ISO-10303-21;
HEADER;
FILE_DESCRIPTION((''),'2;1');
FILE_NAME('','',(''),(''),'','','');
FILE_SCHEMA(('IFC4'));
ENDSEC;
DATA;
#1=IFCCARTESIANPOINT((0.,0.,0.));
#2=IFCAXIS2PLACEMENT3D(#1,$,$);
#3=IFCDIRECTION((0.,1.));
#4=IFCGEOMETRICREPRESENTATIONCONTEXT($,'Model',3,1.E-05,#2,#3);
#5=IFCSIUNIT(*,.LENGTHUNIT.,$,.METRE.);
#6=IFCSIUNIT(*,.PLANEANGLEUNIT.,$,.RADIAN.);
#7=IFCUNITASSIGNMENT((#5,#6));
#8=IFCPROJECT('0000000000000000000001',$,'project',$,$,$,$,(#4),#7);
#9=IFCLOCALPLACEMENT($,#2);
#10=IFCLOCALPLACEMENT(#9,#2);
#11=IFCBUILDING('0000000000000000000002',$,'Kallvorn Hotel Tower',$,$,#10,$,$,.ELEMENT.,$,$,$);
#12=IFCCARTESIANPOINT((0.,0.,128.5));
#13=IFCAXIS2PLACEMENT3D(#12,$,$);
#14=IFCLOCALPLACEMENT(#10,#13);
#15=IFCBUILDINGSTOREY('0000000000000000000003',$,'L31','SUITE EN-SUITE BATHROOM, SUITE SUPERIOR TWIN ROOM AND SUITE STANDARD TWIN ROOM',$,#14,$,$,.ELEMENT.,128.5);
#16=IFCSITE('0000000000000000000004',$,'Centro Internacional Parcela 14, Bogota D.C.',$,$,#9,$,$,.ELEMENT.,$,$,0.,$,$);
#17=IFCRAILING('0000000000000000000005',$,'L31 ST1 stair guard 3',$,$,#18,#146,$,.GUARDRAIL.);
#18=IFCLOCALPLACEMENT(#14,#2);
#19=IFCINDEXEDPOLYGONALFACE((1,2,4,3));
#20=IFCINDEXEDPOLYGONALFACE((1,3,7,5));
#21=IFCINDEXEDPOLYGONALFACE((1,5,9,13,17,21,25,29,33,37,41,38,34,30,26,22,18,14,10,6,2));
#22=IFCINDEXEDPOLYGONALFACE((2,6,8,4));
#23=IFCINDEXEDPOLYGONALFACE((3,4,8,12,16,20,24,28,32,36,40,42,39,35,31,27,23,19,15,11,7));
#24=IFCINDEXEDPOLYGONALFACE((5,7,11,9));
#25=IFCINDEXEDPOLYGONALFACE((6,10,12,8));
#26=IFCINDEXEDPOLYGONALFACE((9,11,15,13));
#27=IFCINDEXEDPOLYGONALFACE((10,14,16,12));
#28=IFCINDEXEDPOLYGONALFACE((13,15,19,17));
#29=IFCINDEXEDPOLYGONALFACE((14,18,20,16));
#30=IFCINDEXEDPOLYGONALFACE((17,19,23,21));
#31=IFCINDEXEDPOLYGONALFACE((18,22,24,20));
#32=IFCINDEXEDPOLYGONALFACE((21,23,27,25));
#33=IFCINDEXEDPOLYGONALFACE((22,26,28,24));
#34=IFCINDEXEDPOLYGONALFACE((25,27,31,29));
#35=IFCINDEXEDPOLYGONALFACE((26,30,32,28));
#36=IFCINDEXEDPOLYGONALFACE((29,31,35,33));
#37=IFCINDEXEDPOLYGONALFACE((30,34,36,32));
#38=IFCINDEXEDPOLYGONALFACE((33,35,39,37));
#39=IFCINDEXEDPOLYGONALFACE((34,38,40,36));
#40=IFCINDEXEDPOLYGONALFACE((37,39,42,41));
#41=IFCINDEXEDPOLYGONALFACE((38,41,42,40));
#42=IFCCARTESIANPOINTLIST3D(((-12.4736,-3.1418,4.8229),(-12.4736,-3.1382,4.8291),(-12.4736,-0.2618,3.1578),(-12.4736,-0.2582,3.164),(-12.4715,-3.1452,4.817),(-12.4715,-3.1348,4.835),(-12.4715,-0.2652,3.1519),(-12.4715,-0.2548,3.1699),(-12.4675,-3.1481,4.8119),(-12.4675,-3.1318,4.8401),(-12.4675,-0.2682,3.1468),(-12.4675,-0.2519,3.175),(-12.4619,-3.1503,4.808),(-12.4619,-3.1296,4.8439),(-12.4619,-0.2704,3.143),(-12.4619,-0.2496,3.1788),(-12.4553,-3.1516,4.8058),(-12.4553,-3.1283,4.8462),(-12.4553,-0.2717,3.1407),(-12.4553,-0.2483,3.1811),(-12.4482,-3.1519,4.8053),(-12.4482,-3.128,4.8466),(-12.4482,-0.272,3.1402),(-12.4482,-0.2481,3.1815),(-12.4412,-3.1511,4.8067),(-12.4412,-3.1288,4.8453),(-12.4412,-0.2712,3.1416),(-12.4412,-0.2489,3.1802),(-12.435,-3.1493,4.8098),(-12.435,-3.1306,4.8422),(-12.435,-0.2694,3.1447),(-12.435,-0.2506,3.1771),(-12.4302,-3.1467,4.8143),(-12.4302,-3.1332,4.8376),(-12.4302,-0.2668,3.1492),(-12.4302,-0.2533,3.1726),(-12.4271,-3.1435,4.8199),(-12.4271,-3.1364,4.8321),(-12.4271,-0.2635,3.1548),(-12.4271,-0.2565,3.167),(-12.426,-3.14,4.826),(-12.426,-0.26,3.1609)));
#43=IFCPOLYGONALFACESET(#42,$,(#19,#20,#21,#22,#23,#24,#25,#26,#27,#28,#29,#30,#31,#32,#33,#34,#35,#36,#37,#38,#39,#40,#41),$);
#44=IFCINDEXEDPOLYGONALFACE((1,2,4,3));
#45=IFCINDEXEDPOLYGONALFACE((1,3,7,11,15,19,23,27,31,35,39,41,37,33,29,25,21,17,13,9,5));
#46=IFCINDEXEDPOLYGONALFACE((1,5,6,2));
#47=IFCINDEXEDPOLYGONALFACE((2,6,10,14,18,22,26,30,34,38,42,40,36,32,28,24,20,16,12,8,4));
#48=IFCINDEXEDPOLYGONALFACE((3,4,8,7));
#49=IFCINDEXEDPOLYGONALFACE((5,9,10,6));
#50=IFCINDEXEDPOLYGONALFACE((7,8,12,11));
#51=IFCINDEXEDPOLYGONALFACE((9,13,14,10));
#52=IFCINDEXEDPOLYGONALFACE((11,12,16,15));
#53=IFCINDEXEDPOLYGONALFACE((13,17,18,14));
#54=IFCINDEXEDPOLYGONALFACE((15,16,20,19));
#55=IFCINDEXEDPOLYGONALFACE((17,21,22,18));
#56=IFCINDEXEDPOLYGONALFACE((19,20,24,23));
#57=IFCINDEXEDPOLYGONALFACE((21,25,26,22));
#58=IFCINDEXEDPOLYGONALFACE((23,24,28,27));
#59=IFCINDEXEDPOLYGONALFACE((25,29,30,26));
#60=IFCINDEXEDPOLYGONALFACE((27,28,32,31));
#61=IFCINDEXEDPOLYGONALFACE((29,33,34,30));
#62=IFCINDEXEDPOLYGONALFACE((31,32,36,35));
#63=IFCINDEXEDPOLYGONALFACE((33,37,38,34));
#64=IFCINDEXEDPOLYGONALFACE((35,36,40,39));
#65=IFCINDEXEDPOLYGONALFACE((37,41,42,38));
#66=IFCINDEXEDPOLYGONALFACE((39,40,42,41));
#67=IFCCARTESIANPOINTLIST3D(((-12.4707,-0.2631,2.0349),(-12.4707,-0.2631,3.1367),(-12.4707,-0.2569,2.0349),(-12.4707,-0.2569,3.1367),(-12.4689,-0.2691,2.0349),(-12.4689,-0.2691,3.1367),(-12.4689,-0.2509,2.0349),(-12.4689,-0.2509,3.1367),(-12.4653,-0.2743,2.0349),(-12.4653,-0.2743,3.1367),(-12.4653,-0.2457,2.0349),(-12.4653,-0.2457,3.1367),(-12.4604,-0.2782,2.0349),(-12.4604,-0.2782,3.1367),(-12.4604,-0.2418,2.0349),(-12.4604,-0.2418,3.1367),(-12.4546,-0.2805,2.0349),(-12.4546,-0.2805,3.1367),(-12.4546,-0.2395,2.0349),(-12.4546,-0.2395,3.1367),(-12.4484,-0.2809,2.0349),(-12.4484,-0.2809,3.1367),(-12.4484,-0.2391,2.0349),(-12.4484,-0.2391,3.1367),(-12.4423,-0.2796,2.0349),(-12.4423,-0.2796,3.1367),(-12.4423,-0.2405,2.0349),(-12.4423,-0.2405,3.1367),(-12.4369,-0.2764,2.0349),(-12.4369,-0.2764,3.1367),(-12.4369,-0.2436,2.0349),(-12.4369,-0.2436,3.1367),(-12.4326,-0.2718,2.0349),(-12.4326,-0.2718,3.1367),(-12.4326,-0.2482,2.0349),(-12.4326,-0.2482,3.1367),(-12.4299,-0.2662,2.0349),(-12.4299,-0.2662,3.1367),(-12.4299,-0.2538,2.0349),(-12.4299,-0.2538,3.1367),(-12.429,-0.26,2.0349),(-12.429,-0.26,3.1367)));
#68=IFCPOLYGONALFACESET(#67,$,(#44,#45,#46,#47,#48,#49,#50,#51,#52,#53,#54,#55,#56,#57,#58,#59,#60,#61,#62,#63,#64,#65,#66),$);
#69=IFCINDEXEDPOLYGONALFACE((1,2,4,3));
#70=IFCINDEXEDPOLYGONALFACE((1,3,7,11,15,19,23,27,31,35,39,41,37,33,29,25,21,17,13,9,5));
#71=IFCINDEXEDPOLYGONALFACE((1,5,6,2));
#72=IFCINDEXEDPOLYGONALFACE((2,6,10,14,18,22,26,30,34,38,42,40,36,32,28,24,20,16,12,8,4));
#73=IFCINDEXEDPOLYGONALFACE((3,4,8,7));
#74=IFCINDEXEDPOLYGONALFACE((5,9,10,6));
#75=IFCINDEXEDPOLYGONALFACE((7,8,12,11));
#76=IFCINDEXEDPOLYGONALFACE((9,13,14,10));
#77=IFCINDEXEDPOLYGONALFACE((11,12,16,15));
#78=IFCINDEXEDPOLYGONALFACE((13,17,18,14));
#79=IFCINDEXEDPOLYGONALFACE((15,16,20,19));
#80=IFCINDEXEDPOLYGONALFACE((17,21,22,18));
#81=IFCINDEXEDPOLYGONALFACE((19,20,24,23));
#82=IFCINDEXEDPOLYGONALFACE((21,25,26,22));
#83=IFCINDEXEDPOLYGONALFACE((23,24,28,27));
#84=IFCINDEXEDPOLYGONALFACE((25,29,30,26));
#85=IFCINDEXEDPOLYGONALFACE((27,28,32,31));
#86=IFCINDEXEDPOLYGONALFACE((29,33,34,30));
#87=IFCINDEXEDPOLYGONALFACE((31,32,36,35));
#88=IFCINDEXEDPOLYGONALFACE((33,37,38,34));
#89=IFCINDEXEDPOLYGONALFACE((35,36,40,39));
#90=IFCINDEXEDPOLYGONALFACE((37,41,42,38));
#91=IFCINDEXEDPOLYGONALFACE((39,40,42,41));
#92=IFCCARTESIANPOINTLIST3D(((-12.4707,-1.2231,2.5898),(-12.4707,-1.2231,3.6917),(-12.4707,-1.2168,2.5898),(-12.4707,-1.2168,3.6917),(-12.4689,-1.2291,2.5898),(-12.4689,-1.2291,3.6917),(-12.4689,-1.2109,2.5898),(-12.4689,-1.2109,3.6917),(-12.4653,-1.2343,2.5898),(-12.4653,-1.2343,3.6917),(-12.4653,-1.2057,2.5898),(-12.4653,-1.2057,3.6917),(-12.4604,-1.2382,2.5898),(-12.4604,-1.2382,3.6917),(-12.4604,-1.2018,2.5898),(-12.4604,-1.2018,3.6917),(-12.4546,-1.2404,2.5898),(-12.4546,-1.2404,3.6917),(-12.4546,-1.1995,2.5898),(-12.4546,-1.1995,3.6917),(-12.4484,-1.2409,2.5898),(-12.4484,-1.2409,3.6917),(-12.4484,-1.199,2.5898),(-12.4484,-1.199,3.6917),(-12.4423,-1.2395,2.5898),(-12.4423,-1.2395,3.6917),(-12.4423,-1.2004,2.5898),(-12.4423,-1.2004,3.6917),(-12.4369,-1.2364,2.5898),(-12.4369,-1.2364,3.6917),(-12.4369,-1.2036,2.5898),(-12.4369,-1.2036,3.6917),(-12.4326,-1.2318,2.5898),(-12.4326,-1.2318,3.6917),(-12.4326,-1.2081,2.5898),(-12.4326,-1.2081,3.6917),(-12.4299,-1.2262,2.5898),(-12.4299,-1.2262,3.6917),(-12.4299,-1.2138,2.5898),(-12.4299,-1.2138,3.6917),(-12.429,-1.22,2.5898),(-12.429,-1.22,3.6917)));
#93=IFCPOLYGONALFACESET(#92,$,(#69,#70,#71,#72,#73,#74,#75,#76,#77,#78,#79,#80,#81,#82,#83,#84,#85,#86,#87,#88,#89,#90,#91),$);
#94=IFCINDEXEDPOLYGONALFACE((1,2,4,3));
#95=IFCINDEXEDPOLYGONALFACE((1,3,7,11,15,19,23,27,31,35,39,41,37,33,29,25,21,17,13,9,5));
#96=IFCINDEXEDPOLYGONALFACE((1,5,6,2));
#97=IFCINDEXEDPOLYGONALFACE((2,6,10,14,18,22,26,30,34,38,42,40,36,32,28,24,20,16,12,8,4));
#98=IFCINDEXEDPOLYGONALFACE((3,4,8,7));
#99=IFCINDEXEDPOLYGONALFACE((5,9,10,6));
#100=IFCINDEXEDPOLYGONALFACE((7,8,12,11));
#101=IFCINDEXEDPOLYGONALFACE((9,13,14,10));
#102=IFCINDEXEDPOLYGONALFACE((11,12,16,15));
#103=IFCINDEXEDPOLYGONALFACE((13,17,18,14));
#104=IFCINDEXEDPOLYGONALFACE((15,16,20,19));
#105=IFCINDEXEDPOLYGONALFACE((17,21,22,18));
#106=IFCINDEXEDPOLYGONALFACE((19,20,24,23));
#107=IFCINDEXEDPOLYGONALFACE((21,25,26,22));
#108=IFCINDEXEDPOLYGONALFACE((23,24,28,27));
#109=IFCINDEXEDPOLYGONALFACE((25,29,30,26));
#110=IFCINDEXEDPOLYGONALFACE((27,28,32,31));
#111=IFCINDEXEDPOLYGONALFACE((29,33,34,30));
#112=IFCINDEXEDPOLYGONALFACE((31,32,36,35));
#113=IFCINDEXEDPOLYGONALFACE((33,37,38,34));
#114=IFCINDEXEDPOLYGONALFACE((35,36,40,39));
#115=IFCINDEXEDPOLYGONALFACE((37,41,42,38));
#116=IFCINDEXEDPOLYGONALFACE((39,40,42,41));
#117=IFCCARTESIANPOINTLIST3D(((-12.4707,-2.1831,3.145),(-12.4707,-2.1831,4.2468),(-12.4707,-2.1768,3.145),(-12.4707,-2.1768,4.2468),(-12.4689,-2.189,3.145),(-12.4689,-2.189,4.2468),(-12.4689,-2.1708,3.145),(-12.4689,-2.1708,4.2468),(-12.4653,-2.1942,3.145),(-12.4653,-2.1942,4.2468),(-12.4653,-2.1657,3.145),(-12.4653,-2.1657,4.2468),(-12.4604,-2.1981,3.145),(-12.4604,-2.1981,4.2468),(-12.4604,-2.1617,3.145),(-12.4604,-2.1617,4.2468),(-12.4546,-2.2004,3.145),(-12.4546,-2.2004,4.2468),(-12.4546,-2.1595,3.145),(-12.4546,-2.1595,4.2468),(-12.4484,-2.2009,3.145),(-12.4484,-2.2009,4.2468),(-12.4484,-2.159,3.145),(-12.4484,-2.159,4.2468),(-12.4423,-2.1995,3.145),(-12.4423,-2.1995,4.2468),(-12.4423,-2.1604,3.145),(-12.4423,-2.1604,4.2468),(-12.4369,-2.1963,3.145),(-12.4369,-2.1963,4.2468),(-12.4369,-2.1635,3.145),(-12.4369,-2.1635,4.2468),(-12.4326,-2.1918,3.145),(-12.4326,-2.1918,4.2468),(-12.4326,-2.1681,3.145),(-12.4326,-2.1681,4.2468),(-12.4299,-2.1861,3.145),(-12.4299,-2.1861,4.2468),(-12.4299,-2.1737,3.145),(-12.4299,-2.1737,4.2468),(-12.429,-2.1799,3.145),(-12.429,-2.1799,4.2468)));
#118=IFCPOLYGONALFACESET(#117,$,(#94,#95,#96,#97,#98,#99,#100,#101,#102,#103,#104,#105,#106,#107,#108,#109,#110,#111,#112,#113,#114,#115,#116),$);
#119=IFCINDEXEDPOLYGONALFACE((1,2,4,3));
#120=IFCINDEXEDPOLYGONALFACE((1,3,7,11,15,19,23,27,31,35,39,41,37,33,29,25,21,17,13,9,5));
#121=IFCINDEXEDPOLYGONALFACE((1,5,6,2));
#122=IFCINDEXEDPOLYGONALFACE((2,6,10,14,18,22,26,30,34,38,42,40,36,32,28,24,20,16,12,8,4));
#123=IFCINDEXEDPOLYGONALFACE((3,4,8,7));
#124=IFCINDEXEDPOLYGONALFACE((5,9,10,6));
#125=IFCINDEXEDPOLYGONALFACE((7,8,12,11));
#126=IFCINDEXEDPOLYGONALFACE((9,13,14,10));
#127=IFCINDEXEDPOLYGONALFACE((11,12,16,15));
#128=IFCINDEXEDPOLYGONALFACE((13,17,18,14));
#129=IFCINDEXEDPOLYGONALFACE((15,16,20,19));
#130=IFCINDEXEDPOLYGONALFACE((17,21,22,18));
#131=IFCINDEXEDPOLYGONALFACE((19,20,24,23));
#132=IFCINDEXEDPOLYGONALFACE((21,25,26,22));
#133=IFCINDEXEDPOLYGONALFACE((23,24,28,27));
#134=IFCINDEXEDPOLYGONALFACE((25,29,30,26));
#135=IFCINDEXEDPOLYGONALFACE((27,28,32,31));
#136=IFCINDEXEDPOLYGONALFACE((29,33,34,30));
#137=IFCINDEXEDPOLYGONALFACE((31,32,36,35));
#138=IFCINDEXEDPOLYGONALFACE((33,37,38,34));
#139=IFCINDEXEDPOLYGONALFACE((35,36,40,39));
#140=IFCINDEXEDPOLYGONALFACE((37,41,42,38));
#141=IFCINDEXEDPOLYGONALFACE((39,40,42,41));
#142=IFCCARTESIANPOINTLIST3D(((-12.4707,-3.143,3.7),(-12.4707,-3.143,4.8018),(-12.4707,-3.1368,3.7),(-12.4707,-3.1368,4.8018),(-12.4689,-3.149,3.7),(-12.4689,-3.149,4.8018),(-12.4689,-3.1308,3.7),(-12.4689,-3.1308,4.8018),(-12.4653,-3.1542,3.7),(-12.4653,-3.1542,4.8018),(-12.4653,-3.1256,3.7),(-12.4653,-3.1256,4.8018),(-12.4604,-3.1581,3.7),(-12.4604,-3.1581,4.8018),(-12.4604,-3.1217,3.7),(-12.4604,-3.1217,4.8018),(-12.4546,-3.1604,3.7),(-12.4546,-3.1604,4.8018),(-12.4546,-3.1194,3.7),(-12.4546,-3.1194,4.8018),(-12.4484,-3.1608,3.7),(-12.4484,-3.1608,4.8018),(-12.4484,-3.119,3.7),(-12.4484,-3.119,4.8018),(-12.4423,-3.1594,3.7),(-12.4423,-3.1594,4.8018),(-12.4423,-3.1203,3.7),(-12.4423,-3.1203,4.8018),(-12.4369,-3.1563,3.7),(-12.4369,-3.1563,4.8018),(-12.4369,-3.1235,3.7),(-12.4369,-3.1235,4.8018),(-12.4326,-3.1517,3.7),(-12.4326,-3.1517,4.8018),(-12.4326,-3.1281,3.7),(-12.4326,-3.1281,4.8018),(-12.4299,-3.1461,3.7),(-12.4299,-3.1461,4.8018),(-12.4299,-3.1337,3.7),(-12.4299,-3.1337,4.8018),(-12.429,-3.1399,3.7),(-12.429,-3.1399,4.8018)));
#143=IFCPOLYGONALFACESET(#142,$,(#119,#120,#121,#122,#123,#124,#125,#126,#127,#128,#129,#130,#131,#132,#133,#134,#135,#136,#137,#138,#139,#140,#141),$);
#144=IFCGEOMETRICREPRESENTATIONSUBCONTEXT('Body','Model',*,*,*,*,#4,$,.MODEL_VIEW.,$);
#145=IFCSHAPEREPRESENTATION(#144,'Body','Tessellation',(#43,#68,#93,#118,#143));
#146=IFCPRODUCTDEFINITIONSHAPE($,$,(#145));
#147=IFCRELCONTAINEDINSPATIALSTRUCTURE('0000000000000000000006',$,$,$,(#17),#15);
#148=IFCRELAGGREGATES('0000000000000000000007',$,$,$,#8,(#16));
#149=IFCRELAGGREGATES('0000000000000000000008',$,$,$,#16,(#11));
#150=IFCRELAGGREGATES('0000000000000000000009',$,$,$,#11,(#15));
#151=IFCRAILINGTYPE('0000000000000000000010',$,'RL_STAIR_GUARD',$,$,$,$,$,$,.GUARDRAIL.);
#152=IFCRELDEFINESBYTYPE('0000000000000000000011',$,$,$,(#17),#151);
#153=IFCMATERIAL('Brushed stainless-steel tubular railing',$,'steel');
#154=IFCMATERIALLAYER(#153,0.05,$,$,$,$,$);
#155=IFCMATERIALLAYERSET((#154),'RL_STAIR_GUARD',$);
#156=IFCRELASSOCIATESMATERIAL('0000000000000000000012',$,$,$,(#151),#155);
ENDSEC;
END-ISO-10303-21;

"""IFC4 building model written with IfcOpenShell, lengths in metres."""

from ifc_helpers import new_model, si_unit, direction, frame, origin, origin_2d, place, context, subcontext, project, spatial, circle, extrude, material, layer, layer_set, type_object, element, save


model = new_model("IFC4")

# Units and contexts
model_context = context("Model", 3, precision=1e-05, world=origin(), true_north=direction((0.0, 1.0)))
body_context = subcontext(model_context, "Body", "Model", "MODEL_VIEW")
ifc_project = project(units=[si_unit("LENGTHUNIT", "METRE"), si_unit("PLANEANGLEUNIT", "RADIAN")], contexts=[model_context])

# Site, building, storey
site_placement = place(None, origin())
site = spatial("IfcSite", under=ifc_project, at=site_placement, Name="Centro Internacional Parcela 14, Bogota D.C.", CompositionType="ELEMENT", RefElevation=0.0)
building_placement = place(site_placement, origin())
building = spatial("IfcBuilding", under=site, at=building_placement, Name="Kallvorn Hotel Tower", CompositionType="ELEMENT")
storey_placement = place(building_placement, frame((0.0, 0.0, 128.5)))
storey = spatial("IfcBuildingStorey", under=building, at=storey_placement, Name="L31", Description="SUITE EN-SUITE BATHROOM, SUITE SUPERIOR TWIN ROOM AND SUITE STANDARD TWIN ROOM", CompositionType="ELEMENT", Elevation=128.5)

# Railing
ifc_material_1 = material(Name="Brushed stainless-steel tubular railing", Category="steel")
ifc_layer_1 = layer(ifc_material_1, 0.05)
ifc_layer_set_1 = layer_set([ifc_layer_1], Name="RL_STAIR_GUARD")
railing_type_1 = type_object("IfcRailingType", Name="RL_STAIR_GUARD", PredefinedType="GUARDRAIL", material=ifc_layer_set_1)
railing_1_placement = place(storey_placement, frame((-12.45, -0.26, 2.0349)))
element("IfcRailing", 1, at=railing_1_placement, inside=storey, type_object=railing_type_1, Name="L31 ST1 stair guard 3", PredefinedType="GUARDRAIL", context=body_context, shape_type="SweptSolid", body=[
    extrude(circle(Radius=0.0239, at=origin_2d()), frame((0.0, 0.0, 1.126), z_axis=(0.0, -0.865721, 0.500527), x_axis=(1.0, 0.0, 0.0)), (0.0, 0.0, 1.0), 3.3267),
    extrude(circle(Radius=0.021, at=origin_2d()), origin(), (0.0, 0.0, 1.0), 1.1018),
    extrude(circle(Radius=0.021, at=origin_2d()), frame((0.0, -0.96, 0.5549)), (0.0, 0.0, 1.0), 1.1018),
    extrude(circle(Radius=0.021, at=origin_2d()), frame((0.0, -1.9199, 1.1101)), (0.0, 0.0, 1.0), 1.1018),
    extrude(circle(Radius=0.021, at=origin_2d()), frame((0.0, -2.8799, 1.665)), (0.0, 0.0, 1.0), 1.1018),
])

save(model, "model.ifc")
